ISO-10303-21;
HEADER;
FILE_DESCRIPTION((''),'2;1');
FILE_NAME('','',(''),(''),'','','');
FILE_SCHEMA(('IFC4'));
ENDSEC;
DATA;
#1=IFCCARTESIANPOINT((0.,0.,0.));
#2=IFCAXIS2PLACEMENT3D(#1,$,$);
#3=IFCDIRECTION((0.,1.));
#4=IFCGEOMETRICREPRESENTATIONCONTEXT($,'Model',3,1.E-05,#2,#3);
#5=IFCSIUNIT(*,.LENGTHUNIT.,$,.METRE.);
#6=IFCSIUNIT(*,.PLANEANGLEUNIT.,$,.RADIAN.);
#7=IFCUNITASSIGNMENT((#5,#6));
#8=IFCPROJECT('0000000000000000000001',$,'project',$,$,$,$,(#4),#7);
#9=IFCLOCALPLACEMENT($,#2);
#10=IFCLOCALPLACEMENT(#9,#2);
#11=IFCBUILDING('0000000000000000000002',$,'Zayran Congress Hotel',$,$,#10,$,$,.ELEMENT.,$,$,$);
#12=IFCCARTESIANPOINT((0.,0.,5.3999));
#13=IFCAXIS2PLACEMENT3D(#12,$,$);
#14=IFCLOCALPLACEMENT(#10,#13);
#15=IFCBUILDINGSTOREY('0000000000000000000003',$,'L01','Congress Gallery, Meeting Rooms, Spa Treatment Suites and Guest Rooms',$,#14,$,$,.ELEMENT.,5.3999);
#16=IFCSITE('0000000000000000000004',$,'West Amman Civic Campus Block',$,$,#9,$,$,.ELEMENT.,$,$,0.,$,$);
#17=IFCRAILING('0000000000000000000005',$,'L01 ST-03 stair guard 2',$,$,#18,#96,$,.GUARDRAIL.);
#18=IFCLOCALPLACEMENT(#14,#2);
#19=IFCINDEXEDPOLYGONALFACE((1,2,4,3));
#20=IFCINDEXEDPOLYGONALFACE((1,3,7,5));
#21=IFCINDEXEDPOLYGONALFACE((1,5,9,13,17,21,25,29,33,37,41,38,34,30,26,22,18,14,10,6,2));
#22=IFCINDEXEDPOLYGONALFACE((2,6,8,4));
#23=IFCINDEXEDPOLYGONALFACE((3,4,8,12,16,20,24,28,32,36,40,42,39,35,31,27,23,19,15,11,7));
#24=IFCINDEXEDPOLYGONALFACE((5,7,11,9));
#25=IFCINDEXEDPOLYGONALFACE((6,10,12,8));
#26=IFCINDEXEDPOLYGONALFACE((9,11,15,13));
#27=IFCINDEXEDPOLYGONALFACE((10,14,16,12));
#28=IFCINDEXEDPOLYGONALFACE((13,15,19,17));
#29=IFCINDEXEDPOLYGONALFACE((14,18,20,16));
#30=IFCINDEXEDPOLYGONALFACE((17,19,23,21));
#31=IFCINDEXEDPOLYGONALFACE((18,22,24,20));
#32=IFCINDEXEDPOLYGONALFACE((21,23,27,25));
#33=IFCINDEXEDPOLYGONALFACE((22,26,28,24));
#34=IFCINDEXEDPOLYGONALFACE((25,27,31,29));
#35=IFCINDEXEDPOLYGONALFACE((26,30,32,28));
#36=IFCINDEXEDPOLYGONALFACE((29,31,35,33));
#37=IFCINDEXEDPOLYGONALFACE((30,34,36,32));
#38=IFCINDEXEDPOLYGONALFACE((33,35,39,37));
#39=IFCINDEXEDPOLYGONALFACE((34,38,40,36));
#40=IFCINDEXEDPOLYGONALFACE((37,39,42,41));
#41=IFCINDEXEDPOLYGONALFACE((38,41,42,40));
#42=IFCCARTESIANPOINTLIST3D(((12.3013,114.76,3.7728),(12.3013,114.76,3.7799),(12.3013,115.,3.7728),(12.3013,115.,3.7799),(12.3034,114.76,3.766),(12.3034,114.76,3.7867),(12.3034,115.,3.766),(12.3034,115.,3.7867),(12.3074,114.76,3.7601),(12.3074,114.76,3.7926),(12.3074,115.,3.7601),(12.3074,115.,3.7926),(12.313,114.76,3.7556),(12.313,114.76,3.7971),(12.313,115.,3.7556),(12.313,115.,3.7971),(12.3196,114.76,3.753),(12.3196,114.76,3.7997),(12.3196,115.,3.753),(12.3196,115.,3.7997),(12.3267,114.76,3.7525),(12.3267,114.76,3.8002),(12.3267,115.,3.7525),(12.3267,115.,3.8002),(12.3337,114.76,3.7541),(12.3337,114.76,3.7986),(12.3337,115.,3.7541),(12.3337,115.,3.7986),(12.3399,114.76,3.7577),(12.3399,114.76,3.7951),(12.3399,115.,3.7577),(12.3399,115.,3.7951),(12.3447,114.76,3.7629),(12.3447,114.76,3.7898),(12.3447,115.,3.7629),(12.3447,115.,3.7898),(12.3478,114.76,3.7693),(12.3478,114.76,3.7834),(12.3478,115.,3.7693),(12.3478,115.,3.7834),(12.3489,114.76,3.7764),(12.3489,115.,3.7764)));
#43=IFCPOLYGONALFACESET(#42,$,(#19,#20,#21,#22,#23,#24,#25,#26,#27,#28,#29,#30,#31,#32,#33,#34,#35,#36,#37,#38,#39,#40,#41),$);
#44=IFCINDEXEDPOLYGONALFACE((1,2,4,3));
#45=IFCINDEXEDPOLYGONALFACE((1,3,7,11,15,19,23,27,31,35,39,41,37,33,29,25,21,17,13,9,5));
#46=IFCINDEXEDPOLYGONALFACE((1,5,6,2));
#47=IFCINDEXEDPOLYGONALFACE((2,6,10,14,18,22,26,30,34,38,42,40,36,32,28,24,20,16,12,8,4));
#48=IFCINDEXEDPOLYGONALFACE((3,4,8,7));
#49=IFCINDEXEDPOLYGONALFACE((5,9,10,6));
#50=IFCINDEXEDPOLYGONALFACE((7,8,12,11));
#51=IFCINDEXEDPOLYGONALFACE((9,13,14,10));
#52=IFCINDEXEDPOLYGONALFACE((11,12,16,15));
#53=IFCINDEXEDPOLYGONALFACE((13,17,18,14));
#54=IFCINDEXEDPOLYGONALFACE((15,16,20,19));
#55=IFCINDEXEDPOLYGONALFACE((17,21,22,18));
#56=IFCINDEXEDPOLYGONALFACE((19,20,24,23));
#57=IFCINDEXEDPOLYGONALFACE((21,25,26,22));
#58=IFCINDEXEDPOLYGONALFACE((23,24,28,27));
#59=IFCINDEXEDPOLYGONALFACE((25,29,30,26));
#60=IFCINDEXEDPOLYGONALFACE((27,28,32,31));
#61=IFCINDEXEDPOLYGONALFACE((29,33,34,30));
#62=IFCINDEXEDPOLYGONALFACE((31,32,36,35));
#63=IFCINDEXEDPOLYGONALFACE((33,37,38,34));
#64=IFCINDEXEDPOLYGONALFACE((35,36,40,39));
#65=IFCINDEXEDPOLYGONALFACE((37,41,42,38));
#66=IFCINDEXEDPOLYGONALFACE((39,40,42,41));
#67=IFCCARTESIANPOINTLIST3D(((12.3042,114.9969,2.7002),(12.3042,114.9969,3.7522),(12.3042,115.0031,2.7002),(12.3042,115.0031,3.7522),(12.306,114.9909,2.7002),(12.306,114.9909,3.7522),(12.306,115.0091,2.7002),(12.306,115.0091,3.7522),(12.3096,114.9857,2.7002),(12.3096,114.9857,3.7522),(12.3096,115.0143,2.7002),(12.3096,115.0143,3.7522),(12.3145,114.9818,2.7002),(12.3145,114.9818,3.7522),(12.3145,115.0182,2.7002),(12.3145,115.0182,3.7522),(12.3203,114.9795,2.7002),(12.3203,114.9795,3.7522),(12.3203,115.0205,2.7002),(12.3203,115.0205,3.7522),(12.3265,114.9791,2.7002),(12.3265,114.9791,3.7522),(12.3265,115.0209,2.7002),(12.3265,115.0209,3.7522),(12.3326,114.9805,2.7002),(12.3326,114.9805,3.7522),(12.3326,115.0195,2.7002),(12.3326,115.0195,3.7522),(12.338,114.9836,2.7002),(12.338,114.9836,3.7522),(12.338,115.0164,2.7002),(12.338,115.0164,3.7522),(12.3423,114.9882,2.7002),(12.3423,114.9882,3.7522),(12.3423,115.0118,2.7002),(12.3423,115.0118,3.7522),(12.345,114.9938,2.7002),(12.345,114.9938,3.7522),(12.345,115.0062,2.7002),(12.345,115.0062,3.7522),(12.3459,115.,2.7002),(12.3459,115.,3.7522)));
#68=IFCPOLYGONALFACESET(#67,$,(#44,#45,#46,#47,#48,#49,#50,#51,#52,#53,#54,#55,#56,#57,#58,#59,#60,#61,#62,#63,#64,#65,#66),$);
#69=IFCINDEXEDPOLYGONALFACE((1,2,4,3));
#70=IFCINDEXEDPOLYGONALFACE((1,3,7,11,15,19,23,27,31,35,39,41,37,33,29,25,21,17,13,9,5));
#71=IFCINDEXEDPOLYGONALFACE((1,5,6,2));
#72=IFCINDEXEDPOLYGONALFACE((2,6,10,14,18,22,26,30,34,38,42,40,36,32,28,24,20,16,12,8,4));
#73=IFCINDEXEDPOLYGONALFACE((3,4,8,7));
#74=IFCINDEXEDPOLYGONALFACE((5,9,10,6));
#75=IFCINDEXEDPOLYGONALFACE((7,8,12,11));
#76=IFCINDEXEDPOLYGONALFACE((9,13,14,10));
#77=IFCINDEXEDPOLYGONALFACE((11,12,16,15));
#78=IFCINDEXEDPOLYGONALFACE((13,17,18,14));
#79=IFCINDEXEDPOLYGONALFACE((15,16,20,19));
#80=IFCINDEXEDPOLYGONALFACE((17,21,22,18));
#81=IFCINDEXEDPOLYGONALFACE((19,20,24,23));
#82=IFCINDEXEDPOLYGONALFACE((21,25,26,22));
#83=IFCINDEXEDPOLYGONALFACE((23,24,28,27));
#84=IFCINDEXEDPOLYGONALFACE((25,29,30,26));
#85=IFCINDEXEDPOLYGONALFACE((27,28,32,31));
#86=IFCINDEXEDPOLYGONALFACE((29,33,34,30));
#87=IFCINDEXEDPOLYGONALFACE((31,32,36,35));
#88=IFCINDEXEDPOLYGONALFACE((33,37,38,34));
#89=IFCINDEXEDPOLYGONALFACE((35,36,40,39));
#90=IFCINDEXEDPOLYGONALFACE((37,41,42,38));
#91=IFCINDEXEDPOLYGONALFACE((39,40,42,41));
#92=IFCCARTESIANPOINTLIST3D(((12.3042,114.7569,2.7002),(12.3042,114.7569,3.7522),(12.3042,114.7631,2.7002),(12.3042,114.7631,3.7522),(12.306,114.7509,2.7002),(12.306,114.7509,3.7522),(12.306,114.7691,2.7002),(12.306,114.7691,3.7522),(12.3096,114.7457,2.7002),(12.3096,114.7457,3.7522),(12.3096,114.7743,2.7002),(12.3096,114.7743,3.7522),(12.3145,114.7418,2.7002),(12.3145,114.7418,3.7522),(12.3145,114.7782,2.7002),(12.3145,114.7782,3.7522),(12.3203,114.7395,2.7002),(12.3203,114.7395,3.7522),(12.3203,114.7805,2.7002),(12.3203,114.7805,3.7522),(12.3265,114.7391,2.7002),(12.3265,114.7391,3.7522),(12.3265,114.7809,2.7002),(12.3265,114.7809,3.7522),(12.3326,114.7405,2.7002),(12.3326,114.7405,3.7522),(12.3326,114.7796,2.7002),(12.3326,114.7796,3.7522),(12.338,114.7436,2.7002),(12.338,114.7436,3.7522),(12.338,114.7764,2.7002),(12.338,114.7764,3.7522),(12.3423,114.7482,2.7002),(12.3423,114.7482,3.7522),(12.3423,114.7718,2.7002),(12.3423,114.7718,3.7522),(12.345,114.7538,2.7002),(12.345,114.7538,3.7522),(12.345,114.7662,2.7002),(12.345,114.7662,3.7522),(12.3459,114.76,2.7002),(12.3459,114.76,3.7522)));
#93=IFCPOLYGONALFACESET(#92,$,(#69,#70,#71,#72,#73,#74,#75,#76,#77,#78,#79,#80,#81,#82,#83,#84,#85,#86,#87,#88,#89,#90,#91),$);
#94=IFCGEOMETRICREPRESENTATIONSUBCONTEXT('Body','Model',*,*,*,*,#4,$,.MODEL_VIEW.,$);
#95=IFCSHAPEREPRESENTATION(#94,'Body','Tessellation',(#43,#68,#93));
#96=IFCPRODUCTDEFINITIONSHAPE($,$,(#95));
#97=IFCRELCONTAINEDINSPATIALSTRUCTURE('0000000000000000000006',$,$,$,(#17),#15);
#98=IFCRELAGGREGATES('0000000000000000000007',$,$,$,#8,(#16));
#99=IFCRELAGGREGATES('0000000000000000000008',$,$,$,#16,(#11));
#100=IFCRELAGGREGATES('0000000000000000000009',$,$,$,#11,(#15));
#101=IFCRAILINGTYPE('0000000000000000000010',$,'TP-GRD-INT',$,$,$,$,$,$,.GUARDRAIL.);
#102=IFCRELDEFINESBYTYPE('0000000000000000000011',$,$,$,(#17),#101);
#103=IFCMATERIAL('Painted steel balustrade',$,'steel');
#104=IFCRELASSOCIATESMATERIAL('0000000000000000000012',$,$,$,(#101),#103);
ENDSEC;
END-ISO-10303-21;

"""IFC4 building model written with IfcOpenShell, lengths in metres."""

from ifc_helpers import new_model, si_unit, direction, frame, origin, origin_2d, place, context, subcontext, project, spatial, circle, extrude, material, type_object, element, save


model = new_model("IFC4")

# Units and contexts
model_context = context("Model", 3, precision=1e-05, world=origin(), true_north=direction((0.0, 1.0)))
body_context = subcontext(model_context, "Body", "Model", "MODEL_VIEW")
ifc_project = project(units=[si_unit("LENGTHUNIT", "METRE"), si_unit("PLANEANGLEUNIT", "RADIAN")], contexts=[model_context])

# Site, building, storey
site_placement = place(None, origin())
site = spatial("IfcSite", under=ifc_project, at=site_placement, Name="West Amman Civic Campus Block", CompositionType="ELEMENT", RefElevation=0.0)
building_placement = place(site_placement, origin())
building = spatial("IfcBuilding", under=site, at=building_placement, Name="Zayran Congress Hotel", CompositionType="ELEMENT")
storey_placement = place(building_placement, frame((0.0, 0.0, 5.3999)))
storey = spatial("IfcBuildingStorey", under=building, at=storey_placement, Name="L01", Description="Congress Gallery, Meeting Rooms, Spa Treatment Suites and Guest Rooms", CompositionType="ELEMENT", Elevation=5.3999)

# Railing
ifc_material_1 = material(Name="Painted steel balustrade", Category="steel")
railing_type_1 = type_object("IfcRailingType", Name="TP-GRD-INT", PredefinedType="GUARDRAIL", material=ifc_material_1)
railing_1_placement = place(storey_placement, frame((12.325, 115.0, 2.7002)))
element("IfcRailing", 1, at=railing_1_placement, inside=storey, type_object=railing_type_1, Name="L01 ST-03 stair guard 2", PredefinedType="GUARDRAIL", context=body_context, shape_type="SweptSolid", body=[
    extrude(circle(Radius=0.0239, at=origin_2d()), frame((0.0, 0.0, 1.0762), z_axis=(0.0, -1.0, 0.0), x_axis=(1.0, 0.0, 0.0)), (0.0, 0.0, 1.0), 0.24),
    extrude(circle(Radius=0.021, at=origin_2d()), origin(), (0.0, 0.0, 1.0), 1.052),
    extrude(circle(Radius=0.021, at=origin_2d()), frame((0.0, -0.24, 0.0)), (0.0, 0.0, 1.0), 1.052),
])

save(model, "model.ifc")
